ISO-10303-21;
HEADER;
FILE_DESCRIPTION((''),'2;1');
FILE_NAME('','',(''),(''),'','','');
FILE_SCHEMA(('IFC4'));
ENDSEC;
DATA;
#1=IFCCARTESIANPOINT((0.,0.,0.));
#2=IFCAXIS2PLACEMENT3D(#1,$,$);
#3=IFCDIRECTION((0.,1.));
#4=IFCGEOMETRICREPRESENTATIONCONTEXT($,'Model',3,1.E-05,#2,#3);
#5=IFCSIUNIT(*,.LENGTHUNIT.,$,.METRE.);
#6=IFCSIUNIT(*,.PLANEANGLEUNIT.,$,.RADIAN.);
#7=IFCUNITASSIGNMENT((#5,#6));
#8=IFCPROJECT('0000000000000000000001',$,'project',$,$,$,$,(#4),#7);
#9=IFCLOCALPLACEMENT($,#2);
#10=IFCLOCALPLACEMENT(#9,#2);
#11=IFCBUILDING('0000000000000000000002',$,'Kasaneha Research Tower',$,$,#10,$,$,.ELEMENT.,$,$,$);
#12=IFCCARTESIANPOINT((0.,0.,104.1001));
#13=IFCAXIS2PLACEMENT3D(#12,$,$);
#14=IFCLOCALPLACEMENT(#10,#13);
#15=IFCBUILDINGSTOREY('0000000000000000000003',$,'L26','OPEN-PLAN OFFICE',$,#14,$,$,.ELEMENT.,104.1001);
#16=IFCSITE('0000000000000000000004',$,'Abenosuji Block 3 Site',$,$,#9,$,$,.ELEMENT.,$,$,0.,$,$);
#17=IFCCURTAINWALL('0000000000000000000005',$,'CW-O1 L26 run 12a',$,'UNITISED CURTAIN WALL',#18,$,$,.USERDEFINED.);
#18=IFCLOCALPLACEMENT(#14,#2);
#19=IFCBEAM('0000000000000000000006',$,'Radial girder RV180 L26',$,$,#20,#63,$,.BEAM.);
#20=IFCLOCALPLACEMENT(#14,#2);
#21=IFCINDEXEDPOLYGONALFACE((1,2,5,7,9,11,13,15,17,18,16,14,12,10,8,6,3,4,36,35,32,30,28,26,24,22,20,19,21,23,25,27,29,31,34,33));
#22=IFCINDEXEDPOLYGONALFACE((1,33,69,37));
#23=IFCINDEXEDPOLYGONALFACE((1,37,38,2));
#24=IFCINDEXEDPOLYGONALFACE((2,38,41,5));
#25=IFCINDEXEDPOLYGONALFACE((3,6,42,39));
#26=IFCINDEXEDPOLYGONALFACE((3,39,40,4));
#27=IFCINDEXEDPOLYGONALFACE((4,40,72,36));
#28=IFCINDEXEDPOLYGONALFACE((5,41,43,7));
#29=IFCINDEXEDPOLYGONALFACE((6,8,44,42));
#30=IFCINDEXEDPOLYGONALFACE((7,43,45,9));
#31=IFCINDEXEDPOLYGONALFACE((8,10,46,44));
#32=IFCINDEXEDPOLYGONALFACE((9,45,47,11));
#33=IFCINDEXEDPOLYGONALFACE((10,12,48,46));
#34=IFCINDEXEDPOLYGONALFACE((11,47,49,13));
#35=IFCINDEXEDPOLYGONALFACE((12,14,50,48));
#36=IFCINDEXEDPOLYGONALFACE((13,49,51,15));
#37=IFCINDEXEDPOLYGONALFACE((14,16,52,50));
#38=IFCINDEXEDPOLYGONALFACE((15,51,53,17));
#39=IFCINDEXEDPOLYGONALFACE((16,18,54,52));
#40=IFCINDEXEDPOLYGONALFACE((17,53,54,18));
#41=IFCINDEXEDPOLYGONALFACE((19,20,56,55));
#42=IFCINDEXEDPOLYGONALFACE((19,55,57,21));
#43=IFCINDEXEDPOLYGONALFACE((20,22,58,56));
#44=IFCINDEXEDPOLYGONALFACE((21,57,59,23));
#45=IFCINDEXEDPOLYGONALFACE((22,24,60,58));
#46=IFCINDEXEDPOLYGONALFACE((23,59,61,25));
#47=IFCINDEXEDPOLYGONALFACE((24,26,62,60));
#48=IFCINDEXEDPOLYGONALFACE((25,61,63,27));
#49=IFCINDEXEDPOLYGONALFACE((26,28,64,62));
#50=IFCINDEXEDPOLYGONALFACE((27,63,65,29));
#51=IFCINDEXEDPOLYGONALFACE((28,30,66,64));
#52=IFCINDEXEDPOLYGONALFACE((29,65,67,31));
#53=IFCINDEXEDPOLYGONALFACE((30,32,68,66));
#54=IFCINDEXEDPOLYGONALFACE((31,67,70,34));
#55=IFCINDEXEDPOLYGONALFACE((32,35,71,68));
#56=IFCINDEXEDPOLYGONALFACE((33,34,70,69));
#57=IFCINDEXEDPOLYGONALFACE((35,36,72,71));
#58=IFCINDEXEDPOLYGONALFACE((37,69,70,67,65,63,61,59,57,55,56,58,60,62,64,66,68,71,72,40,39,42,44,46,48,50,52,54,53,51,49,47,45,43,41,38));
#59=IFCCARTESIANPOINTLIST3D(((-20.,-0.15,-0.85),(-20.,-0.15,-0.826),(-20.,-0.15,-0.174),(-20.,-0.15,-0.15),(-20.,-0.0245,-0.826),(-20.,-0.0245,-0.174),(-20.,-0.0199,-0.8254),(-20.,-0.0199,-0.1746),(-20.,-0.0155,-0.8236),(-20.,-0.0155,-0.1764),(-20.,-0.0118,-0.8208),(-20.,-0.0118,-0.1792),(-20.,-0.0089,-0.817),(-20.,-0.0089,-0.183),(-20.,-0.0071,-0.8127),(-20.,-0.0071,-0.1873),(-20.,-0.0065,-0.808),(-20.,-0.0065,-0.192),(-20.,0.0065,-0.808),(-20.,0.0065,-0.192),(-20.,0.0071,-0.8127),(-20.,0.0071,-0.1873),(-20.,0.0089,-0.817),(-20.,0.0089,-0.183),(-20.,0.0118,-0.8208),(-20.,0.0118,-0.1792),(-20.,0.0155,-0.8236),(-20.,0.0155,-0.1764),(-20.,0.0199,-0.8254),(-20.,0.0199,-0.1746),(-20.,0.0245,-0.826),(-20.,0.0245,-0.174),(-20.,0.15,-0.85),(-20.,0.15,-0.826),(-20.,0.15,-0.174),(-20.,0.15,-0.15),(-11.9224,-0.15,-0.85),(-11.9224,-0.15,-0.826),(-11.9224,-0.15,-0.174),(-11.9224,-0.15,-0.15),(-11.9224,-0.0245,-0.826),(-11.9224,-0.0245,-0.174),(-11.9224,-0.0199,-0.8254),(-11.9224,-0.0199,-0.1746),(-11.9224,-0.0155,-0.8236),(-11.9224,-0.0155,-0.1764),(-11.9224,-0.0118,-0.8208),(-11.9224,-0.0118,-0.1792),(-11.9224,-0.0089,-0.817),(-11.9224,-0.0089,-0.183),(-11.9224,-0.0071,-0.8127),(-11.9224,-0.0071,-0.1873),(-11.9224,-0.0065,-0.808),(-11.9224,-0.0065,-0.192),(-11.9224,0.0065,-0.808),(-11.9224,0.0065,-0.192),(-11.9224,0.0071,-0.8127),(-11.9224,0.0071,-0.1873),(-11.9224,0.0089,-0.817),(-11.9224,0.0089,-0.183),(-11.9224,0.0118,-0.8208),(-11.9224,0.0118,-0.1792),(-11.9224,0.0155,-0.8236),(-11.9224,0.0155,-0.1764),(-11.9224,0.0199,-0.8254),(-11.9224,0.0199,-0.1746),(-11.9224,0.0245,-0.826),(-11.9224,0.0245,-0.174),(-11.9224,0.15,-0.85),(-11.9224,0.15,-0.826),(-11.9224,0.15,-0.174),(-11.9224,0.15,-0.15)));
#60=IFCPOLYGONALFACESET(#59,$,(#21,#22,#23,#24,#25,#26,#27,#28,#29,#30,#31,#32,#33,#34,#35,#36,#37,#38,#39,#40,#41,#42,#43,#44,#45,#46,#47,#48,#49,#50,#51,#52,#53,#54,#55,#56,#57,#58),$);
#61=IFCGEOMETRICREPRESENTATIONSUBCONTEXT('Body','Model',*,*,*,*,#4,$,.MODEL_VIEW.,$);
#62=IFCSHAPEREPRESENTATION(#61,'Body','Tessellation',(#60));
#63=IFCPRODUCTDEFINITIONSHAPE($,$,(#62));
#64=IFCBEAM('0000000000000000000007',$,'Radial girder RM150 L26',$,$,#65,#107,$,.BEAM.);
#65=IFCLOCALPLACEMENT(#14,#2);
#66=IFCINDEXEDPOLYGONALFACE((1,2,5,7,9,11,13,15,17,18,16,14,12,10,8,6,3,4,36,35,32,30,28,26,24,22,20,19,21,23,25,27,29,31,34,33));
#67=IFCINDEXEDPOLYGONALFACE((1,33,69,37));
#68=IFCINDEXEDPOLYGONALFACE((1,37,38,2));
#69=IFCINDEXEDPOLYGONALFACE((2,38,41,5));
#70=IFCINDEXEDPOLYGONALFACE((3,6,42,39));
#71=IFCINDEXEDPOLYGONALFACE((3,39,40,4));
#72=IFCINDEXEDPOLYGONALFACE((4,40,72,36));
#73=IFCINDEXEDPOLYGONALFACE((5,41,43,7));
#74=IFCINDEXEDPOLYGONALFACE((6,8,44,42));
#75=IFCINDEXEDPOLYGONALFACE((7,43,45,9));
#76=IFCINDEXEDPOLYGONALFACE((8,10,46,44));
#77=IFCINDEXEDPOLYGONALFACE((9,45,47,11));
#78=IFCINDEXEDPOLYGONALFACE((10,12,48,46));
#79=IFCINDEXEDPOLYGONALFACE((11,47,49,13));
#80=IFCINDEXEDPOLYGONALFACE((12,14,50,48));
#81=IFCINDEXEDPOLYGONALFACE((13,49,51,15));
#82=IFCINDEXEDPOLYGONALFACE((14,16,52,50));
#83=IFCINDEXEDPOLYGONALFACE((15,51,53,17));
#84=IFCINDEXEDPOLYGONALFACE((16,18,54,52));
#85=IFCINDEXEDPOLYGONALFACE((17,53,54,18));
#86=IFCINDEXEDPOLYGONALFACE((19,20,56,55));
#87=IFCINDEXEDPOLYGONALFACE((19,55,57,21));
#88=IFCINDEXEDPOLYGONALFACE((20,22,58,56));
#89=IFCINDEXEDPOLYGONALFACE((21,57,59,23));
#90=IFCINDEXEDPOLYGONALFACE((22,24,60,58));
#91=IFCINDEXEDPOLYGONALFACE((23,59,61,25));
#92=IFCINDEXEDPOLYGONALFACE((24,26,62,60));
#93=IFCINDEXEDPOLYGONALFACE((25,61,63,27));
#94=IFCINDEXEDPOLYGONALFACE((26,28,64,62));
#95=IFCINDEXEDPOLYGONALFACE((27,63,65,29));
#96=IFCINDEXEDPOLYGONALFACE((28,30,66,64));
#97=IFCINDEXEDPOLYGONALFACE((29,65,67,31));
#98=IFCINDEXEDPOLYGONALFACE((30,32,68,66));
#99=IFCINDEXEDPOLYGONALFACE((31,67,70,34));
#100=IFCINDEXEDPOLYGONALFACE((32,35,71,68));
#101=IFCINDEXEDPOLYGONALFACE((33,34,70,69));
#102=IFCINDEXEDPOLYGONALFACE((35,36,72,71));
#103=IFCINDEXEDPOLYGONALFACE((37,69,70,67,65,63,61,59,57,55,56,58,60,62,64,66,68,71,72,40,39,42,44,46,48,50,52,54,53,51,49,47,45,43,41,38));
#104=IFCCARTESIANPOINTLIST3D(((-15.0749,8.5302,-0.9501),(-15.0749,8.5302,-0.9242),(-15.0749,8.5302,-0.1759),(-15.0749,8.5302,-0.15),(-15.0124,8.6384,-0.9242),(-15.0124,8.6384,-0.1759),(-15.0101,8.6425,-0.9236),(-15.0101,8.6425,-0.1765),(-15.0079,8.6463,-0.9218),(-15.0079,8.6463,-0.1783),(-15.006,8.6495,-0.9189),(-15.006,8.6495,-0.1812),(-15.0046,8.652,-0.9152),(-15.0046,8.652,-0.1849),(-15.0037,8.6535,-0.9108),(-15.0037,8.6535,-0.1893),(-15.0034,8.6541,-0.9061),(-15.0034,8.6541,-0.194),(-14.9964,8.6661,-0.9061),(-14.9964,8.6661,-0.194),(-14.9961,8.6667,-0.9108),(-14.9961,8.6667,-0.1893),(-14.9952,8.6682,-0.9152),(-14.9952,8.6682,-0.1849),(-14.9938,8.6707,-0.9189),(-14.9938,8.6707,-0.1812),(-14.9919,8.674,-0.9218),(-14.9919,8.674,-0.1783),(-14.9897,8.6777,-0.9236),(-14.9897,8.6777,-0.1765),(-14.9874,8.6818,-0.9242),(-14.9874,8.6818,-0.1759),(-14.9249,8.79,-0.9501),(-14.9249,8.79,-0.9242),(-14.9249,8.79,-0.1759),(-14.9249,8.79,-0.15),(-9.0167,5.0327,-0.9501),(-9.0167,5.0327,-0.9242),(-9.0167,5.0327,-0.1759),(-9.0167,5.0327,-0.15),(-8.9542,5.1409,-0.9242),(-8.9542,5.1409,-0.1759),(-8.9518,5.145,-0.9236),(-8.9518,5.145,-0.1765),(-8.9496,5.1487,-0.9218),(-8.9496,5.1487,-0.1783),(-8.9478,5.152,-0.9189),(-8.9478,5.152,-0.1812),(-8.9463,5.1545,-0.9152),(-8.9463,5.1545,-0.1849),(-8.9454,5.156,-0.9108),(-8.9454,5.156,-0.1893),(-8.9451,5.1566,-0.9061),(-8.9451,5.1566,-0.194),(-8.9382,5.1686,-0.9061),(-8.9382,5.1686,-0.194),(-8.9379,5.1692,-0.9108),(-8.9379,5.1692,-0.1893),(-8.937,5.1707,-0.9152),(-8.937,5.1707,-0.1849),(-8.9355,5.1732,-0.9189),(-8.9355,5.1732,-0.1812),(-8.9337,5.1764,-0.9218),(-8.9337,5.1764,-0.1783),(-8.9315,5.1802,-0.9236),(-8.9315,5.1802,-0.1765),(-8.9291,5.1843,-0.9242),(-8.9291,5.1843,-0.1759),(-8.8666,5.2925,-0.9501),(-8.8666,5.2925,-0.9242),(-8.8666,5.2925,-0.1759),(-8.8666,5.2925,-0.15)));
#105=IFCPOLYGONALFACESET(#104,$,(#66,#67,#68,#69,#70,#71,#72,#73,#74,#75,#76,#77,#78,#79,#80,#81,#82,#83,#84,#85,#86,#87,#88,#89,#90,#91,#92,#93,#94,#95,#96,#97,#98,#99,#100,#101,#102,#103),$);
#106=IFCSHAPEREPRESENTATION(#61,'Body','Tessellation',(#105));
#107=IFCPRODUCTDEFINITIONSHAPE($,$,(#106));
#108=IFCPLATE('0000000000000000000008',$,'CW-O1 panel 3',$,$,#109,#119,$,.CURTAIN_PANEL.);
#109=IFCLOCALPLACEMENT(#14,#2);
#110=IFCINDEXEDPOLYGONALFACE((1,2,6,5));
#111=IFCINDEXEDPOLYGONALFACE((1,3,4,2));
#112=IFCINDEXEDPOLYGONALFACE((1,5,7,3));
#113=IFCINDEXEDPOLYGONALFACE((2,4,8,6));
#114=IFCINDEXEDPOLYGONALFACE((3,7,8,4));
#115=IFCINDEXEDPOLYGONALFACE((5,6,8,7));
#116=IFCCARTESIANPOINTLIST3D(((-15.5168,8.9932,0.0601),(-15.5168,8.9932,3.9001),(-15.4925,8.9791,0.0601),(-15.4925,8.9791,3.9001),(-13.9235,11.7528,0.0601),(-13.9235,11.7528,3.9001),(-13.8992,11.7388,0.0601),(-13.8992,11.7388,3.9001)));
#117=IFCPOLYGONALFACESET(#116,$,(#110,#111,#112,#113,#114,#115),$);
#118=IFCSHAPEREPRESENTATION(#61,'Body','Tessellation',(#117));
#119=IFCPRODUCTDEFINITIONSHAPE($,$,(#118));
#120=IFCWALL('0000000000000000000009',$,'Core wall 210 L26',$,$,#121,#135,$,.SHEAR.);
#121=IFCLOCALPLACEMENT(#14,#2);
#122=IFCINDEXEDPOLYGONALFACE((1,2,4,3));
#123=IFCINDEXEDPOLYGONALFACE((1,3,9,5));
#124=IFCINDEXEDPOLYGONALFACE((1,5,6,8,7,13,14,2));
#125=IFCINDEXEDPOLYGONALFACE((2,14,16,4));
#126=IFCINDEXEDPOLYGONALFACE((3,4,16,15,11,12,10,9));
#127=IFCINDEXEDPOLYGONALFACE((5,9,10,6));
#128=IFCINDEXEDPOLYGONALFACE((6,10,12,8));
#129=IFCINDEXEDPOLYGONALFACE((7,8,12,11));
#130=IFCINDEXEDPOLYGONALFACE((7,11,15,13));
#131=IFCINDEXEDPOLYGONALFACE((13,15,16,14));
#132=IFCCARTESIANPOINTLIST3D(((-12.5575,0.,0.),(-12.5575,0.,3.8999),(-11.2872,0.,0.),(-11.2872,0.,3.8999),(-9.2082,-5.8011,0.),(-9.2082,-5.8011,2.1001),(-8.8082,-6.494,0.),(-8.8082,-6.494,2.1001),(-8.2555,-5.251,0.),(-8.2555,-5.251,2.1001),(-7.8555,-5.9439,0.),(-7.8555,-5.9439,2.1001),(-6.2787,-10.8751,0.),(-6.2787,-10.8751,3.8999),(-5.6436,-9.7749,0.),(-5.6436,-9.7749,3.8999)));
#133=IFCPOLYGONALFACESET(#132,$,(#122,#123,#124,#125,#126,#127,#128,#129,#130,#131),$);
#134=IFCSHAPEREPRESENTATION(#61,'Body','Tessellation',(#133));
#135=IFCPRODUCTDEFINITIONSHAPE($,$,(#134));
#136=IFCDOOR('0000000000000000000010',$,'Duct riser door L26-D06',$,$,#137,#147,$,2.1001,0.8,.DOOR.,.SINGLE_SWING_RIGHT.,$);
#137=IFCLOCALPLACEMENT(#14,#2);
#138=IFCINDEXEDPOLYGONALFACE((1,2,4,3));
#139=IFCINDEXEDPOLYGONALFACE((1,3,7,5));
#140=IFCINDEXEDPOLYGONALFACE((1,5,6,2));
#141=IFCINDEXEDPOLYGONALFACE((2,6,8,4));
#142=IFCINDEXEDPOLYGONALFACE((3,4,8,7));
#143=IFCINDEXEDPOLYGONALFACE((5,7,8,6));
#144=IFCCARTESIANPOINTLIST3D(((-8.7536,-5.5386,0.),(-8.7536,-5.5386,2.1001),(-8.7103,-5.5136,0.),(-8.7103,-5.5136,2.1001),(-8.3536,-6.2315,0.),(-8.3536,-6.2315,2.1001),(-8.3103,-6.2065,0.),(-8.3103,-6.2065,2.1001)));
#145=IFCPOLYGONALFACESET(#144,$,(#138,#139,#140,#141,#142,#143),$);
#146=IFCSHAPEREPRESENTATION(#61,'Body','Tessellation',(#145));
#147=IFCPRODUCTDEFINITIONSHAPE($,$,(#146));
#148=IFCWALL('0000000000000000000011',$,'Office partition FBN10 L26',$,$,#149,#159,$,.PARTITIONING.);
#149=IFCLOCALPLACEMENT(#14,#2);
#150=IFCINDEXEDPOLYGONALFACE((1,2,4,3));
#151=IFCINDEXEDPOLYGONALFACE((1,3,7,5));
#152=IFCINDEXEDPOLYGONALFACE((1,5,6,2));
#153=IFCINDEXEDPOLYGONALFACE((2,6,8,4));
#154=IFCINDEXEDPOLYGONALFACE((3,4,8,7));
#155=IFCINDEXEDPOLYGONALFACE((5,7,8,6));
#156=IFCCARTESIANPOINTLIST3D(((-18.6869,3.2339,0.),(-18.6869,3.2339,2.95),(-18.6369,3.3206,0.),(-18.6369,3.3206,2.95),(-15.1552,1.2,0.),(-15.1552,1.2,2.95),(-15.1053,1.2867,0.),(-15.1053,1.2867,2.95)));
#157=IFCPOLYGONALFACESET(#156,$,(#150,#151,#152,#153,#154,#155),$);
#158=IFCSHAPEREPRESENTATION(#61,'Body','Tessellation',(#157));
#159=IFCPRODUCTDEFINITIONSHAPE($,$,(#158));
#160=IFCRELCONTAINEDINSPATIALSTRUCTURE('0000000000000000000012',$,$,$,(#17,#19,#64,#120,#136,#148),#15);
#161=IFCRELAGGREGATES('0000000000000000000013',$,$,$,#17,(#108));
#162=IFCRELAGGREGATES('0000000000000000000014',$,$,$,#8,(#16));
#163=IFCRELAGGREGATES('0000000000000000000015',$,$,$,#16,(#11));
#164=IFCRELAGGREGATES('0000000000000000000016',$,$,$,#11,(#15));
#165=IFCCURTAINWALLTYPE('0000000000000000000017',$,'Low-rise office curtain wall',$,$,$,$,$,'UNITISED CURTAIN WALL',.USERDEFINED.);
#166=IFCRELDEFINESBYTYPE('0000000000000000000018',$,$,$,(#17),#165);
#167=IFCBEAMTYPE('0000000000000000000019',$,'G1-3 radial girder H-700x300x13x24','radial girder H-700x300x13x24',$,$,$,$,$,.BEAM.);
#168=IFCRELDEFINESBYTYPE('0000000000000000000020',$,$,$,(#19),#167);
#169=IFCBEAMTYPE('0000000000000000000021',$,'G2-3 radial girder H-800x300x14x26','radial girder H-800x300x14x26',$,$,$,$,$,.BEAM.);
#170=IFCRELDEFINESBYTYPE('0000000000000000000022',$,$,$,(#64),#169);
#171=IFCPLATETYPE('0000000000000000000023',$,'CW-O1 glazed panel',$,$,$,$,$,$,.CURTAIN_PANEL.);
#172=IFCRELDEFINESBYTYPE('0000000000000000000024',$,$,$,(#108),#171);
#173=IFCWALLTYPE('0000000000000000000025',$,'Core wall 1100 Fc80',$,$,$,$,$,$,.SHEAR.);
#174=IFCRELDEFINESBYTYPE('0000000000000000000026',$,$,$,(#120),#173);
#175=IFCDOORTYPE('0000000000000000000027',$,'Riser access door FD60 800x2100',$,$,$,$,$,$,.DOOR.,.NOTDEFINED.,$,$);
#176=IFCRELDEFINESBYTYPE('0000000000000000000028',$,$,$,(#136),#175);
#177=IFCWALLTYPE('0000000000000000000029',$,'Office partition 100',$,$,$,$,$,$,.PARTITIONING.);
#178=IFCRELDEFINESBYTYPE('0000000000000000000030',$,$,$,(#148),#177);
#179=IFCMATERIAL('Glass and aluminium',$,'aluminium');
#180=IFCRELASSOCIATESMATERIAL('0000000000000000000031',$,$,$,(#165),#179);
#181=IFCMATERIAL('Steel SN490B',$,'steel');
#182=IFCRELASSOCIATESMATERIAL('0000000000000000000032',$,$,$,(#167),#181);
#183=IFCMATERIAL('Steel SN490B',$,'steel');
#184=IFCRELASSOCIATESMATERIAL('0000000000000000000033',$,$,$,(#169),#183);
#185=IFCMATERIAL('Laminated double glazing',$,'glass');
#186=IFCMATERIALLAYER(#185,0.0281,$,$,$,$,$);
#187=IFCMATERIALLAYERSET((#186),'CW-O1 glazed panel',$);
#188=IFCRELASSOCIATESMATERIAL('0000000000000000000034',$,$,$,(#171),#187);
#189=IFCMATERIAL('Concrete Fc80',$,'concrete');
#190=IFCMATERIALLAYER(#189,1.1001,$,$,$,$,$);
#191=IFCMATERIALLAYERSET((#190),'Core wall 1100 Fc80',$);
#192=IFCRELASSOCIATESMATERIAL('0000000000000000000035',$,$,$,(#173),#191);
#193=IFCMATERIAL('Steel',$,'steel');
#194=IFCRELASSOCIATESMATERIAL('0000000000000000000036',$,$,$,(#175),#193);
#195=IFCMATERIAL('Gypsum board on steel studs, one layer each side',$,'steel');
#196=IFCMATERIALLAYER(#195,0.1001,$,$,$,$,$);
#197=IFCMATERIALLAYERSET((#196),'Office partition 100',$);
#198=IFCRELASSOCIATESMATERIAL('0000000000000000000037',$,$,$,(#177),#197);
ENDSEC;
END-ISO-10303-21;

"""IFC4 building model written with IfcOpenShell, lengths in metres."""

from ifc_helpers import new_model, si_unit, direction, frame, frame_2d, origin, origin_2d, place, context, subcontext, project, spatial, polyline, rectangle, i_section, outline, extrude, material, layer, layer_set, material_profile, profile_set, type_object, element, fill, aggregate, save


model = new_model("IFC4")

# Units and contexts
model_context = context("Model", 3, precision=1e-05, world=origin(), true_north=direction((0.0, 1.0)))
body_context = subcontext(model_context, "Body", "Model", "MODEL_VIEW")
ifc_project = project(units=[si_unit("LENGTHUNIT", "METRE"), si_unit("PLANEANGLEUNIT", "RADIAN")], contexts=[model_context])

# Site, building, storey
site_placement = place(None, origin())
site = spatial("IfcSite", under=ifc_project, at=site_placement, Name="Abenosuji Block 3 Site", CompositionType="ELEMENT", RefElevation=0.0)
building_placement = place(site_placement, origin())
building = spatial("IfcBuilding", under=site, at=building_placement, Name="Kasaneha Research Tower", CompositionType="ELEMENT")
storey_placement = place(building_placement, frame((0.0, 0.0, 104.1001)))
storey = spatial("IfcBuildingStorey", under=building, at=storey_placement, Name="L26", Description="OPEN-PLAN OFFICE", CompositionType="ELEMENT", Elevation=104.1001)

# Curtain wall
ifc_material_1 = material(Name="Glass and aluminium", Category="aluminium")
curtain_wall_type = type_object("IfcCurtainWallType", Name="Low-rise office curtain wall", ElementType="UNITISED CURTAIN WALL", PredefinedType="USERDEFINED", material=ifc_material_1)
curtain_wall_placement = place(storey_placement, origin())
curtain_wall = element("IfcCurtainWall", 1, at=curtain_wall_placement, inside=storey, type_object=curtain_wall_type, Name="CW-O1 L26 run 12a", ObjectType="UNITISED CURTAIN WALL", PredefinedType="USERDEFINED")

# Beams
ifc_material_2 = material(Name="Steel SN490B", Category="steel")
ifc_material_profile_1 = material_profile(ifc_material_2, i_section(OverallWidth=0.3, OverallDepth=0.7, WebThickness=0.0129, FlangeThickness=0.0239, FilletRadius=0.0181, at=origin_2d()), Name="H-700x300x13x24")
ifc_profile_set_1 = profile_set([ifc_material_profile_1], Name="Steel SN490B")
beam_type_1 = type_object("IfcBeamType", Name="G1-3 radial girder H-700x300x13x24", Description="radial girder H-700x300x13x24", PredefinedType="BEAM", material=ifc_profile_set_1)
beam_1_placement = place(storey_placement, frame((-11.9224, 0.0, -0.5), z_axis=(-1.0, 0.0, 0.0), x_axis=(0.0, -1.0, 0.0)))
element("IfcBeam", 2, at=beam_1_placement, inside=storey, type_object=beam_type_1, Name="Radial girder RV180 L26", PredefinedType="BEAM", context=body_context, shape_type="SweptSolid", body=[
    extrude(i_section(OverallWidth=0.3, OverallDepth=0.7, WebThickness=0.0129, FlangeThickness=0.0239, FilletRadius=0.0181, at=origin_2d()), origin(), (0.0, 0.0, 1.0), 8.0776),
])
ifc_material_3 = material(Name="Steel SN490B", Category="steel")
ifc_material_profile_2 = material_profile(ifc_material_3, i_section(OverallWidth=0.3, OverallDepth=0.8, WebThickness=0.0139, FlangeThickness=0.0259, FilletRadius=0.0181, at=origin_2d()), Name="H-800x300x14x26")
ifc_profile_set_2 = profile_set([ifc_material_profile_2], Name="Steel SN490B")
beam_type_2 = type_object("IfcBeamType", Name="G2-3 radial girder H-800x300x14x26", Description="radial girder H-800x300x14x26", PredefinedType="BEAM", material=ifc_profile_set_2)
beam_2_placement = place(storey_placement, frame((-8.9417, 5.1626, -0.55), z_axis=(-0.86604, 0.499975, 0.0), x_axis=(-0.499975, -0.86604, 0.0)))
element("IfcBeam", 3, at=beam_2_placement, inside=storey, type_object=beam_type_2, Name="Radial girder RM150 L26", PredefinedType="BEAM", context=body_context, shape_type="SweptSolid", body=[
    extrude(i_section(OverallWidth=0.3, OverallDepth=0.8, WebThickness=0.0139, FlangeThickness=0.0259, FilletRadius=0.0181, at=origin_2d()), origin(), (0.0, 0.0, 1.0), 6.9954),
])

# Plate
ifc_material_4 = material(Name="Laminated double glazing", Category="glass")
ifc_layer_1 = layer(ifc_material_4, 0.0281)
ifc_layer_set_1 = layer_set([ifc_layer_1], Name="CW-O1 glazed panel")
plate_type = type_object("IfcPlateType", Name="CW-O1 glazed panel", PredefinedType="CURTAIN_PANEL", material=ifc_layer_set_1)
plate_placement = place(storey_placement, frame((-14.708, 10.366, 0.0601), z_axis=(0.0, 0.0, 1.0), x_axis=(-0.5, -0.866025, 0.0)))
plate = element("IfcPlate", 4, at=plate_placement, type_object=plate_type, Name="CW-O1 panel 3", PredefinedType="CURTAIN_PANEL", context=body_context, shape_type="SweptSolid", body=[
    extrude(rectangle(XDim=3.1865, YDim=0.0281, at=origin_2d()), origin(), (0.0, 0.0, 1.0), 3.8401),
])
aggregate(curtain_wall, [plate])

# Wall, opening, door
ifc_material_5 = material(Name="Concrete Fc80", Category="concrete")
ifc_layer_2 = layer(ifc_material_5, 1.1001)
ifc_layer_set_2 = layer_set([ifc_layer_2], Name="Core wall 1100 Fc80")
wall_type_1 = type_object("IfcWallType", Name="Core wall 1100 Fc80", PredefinedType="SHEAR", material=ifc_layer_set_2)
wall_1_placement = place(storey_placement, frame((-11.9224, 0.0, 0.0), z_axis=(0.0, 0.0, 1.0), x_axis=(0.500004, -0.866023, 0.0)))
wall_1 = element("IfcWall", 5, at=wall_1_placement, inside=storey, type_object=wall_type_1, Name="Core wall 210 L26", PredefinedType="SHEAR", context=body_context, shape_type="SweptSolid", body=[
    extrude(outline(polyline([(-0.3176, -0.55), (6.3811, -0.55), (7.1812, -0.55), (12.24, -0.55), (11.6047, 0.55), (7.1812, 0.55), (6.3811, 0.55), (0.3176, 0.55), (-0.3176, -0.55)])), origin(), (0.0, 0.0, 1.0), 3.8999),
])
opening_1_placement = place(wall_1_placement, frame((6.3811, 0.0, 0.0)))
opening_1 = element("IfcOpeningElement", 6, at=opening_1_placement, cuts=wall_1, PredefinedType="OPENING", context=body_context, shape_type="SweptSolid", body=[
    extrude(rectangle(XDim=0.8, YDim=2.1001, at=frame_2d((0.3999, 1.05))), frame((0.0, 0.5601, 0.0), z_axis=(0.0, -1.0, 0.0), x_axis=(1.0, 0.0, 0.0)), (0.0, 0.0, 1.0), 1.1201),
])
ifc_material_6 = material(Name="Steel", Category="steel")
door_type_1 = type_object("IfcDoorType", Name="Riser access door FD60 800x2100", OperationType="NOTDEFINED", PredefinedType="DOOR", material=ifc_material_6)
door_1_placement = place(opening_1_placement, origin())
door_1 = element("IfcDoor", 7, at=door_1_placement, inside=storey, type_object=door_type_1, Name="Duct riser door L26-D06", OperationType="SINGLE_SWING_RIGHT", OverallHeight=2.1001, OverallWidth=0.8, PredefinedType="DOOR", context=body_context, shape_type="SweptSolid", body=[
    extrude(rectangle(XDim=0.8, YDim=2.1001, at=frame_2d((0.3999, 1.05))), frame((0.0, 0.0249, 0.0), z_axis=(0.0, -1.0, 0.0), x_axis=(1.0, 0.0, 0.0)), (0.0, 0.0, 1.0), 0.05),
])
fill(opening_1, door_1)

# Wall
ifc_material_7 = material(Name="Gypsum board on steel studs, one layer each side", Category="steel")
ifc_layer_3 = layer(ifc_material_7, 0.1001)
ifc_layer_set_3 = layer_set([ifc_layer_3], Name="Office partition 100")
wall_type_2 = type_object("IfcWallType", Name="Office partition 100", PredefinedType="PARTITIONING", material=ifc_layer_set_3)
wall_2_placement = place(storey_placement, frame((-15.1304, 1.2434, 0.0), z_axis=(0.0, 0.0, 1.0), x_axis=(-0.866568, 0.499059, 0.0)))
element("IfcWall", 8, at=wall_2_placement, inside=storey, type_object=wall_type_2, Name="Office partition FBN10 L26", PredefinedType="PARTITIONING", context=body_context, shape_type="SweptSolid", body=[
    extrude(rectangle(XDim=4.0754, YDim=0.1001, at=frame_2d((2.0376, 0.0))), origin(), (0.0, 0.0, 1.0), 2.95),
])

save(model, "model.ifc")
